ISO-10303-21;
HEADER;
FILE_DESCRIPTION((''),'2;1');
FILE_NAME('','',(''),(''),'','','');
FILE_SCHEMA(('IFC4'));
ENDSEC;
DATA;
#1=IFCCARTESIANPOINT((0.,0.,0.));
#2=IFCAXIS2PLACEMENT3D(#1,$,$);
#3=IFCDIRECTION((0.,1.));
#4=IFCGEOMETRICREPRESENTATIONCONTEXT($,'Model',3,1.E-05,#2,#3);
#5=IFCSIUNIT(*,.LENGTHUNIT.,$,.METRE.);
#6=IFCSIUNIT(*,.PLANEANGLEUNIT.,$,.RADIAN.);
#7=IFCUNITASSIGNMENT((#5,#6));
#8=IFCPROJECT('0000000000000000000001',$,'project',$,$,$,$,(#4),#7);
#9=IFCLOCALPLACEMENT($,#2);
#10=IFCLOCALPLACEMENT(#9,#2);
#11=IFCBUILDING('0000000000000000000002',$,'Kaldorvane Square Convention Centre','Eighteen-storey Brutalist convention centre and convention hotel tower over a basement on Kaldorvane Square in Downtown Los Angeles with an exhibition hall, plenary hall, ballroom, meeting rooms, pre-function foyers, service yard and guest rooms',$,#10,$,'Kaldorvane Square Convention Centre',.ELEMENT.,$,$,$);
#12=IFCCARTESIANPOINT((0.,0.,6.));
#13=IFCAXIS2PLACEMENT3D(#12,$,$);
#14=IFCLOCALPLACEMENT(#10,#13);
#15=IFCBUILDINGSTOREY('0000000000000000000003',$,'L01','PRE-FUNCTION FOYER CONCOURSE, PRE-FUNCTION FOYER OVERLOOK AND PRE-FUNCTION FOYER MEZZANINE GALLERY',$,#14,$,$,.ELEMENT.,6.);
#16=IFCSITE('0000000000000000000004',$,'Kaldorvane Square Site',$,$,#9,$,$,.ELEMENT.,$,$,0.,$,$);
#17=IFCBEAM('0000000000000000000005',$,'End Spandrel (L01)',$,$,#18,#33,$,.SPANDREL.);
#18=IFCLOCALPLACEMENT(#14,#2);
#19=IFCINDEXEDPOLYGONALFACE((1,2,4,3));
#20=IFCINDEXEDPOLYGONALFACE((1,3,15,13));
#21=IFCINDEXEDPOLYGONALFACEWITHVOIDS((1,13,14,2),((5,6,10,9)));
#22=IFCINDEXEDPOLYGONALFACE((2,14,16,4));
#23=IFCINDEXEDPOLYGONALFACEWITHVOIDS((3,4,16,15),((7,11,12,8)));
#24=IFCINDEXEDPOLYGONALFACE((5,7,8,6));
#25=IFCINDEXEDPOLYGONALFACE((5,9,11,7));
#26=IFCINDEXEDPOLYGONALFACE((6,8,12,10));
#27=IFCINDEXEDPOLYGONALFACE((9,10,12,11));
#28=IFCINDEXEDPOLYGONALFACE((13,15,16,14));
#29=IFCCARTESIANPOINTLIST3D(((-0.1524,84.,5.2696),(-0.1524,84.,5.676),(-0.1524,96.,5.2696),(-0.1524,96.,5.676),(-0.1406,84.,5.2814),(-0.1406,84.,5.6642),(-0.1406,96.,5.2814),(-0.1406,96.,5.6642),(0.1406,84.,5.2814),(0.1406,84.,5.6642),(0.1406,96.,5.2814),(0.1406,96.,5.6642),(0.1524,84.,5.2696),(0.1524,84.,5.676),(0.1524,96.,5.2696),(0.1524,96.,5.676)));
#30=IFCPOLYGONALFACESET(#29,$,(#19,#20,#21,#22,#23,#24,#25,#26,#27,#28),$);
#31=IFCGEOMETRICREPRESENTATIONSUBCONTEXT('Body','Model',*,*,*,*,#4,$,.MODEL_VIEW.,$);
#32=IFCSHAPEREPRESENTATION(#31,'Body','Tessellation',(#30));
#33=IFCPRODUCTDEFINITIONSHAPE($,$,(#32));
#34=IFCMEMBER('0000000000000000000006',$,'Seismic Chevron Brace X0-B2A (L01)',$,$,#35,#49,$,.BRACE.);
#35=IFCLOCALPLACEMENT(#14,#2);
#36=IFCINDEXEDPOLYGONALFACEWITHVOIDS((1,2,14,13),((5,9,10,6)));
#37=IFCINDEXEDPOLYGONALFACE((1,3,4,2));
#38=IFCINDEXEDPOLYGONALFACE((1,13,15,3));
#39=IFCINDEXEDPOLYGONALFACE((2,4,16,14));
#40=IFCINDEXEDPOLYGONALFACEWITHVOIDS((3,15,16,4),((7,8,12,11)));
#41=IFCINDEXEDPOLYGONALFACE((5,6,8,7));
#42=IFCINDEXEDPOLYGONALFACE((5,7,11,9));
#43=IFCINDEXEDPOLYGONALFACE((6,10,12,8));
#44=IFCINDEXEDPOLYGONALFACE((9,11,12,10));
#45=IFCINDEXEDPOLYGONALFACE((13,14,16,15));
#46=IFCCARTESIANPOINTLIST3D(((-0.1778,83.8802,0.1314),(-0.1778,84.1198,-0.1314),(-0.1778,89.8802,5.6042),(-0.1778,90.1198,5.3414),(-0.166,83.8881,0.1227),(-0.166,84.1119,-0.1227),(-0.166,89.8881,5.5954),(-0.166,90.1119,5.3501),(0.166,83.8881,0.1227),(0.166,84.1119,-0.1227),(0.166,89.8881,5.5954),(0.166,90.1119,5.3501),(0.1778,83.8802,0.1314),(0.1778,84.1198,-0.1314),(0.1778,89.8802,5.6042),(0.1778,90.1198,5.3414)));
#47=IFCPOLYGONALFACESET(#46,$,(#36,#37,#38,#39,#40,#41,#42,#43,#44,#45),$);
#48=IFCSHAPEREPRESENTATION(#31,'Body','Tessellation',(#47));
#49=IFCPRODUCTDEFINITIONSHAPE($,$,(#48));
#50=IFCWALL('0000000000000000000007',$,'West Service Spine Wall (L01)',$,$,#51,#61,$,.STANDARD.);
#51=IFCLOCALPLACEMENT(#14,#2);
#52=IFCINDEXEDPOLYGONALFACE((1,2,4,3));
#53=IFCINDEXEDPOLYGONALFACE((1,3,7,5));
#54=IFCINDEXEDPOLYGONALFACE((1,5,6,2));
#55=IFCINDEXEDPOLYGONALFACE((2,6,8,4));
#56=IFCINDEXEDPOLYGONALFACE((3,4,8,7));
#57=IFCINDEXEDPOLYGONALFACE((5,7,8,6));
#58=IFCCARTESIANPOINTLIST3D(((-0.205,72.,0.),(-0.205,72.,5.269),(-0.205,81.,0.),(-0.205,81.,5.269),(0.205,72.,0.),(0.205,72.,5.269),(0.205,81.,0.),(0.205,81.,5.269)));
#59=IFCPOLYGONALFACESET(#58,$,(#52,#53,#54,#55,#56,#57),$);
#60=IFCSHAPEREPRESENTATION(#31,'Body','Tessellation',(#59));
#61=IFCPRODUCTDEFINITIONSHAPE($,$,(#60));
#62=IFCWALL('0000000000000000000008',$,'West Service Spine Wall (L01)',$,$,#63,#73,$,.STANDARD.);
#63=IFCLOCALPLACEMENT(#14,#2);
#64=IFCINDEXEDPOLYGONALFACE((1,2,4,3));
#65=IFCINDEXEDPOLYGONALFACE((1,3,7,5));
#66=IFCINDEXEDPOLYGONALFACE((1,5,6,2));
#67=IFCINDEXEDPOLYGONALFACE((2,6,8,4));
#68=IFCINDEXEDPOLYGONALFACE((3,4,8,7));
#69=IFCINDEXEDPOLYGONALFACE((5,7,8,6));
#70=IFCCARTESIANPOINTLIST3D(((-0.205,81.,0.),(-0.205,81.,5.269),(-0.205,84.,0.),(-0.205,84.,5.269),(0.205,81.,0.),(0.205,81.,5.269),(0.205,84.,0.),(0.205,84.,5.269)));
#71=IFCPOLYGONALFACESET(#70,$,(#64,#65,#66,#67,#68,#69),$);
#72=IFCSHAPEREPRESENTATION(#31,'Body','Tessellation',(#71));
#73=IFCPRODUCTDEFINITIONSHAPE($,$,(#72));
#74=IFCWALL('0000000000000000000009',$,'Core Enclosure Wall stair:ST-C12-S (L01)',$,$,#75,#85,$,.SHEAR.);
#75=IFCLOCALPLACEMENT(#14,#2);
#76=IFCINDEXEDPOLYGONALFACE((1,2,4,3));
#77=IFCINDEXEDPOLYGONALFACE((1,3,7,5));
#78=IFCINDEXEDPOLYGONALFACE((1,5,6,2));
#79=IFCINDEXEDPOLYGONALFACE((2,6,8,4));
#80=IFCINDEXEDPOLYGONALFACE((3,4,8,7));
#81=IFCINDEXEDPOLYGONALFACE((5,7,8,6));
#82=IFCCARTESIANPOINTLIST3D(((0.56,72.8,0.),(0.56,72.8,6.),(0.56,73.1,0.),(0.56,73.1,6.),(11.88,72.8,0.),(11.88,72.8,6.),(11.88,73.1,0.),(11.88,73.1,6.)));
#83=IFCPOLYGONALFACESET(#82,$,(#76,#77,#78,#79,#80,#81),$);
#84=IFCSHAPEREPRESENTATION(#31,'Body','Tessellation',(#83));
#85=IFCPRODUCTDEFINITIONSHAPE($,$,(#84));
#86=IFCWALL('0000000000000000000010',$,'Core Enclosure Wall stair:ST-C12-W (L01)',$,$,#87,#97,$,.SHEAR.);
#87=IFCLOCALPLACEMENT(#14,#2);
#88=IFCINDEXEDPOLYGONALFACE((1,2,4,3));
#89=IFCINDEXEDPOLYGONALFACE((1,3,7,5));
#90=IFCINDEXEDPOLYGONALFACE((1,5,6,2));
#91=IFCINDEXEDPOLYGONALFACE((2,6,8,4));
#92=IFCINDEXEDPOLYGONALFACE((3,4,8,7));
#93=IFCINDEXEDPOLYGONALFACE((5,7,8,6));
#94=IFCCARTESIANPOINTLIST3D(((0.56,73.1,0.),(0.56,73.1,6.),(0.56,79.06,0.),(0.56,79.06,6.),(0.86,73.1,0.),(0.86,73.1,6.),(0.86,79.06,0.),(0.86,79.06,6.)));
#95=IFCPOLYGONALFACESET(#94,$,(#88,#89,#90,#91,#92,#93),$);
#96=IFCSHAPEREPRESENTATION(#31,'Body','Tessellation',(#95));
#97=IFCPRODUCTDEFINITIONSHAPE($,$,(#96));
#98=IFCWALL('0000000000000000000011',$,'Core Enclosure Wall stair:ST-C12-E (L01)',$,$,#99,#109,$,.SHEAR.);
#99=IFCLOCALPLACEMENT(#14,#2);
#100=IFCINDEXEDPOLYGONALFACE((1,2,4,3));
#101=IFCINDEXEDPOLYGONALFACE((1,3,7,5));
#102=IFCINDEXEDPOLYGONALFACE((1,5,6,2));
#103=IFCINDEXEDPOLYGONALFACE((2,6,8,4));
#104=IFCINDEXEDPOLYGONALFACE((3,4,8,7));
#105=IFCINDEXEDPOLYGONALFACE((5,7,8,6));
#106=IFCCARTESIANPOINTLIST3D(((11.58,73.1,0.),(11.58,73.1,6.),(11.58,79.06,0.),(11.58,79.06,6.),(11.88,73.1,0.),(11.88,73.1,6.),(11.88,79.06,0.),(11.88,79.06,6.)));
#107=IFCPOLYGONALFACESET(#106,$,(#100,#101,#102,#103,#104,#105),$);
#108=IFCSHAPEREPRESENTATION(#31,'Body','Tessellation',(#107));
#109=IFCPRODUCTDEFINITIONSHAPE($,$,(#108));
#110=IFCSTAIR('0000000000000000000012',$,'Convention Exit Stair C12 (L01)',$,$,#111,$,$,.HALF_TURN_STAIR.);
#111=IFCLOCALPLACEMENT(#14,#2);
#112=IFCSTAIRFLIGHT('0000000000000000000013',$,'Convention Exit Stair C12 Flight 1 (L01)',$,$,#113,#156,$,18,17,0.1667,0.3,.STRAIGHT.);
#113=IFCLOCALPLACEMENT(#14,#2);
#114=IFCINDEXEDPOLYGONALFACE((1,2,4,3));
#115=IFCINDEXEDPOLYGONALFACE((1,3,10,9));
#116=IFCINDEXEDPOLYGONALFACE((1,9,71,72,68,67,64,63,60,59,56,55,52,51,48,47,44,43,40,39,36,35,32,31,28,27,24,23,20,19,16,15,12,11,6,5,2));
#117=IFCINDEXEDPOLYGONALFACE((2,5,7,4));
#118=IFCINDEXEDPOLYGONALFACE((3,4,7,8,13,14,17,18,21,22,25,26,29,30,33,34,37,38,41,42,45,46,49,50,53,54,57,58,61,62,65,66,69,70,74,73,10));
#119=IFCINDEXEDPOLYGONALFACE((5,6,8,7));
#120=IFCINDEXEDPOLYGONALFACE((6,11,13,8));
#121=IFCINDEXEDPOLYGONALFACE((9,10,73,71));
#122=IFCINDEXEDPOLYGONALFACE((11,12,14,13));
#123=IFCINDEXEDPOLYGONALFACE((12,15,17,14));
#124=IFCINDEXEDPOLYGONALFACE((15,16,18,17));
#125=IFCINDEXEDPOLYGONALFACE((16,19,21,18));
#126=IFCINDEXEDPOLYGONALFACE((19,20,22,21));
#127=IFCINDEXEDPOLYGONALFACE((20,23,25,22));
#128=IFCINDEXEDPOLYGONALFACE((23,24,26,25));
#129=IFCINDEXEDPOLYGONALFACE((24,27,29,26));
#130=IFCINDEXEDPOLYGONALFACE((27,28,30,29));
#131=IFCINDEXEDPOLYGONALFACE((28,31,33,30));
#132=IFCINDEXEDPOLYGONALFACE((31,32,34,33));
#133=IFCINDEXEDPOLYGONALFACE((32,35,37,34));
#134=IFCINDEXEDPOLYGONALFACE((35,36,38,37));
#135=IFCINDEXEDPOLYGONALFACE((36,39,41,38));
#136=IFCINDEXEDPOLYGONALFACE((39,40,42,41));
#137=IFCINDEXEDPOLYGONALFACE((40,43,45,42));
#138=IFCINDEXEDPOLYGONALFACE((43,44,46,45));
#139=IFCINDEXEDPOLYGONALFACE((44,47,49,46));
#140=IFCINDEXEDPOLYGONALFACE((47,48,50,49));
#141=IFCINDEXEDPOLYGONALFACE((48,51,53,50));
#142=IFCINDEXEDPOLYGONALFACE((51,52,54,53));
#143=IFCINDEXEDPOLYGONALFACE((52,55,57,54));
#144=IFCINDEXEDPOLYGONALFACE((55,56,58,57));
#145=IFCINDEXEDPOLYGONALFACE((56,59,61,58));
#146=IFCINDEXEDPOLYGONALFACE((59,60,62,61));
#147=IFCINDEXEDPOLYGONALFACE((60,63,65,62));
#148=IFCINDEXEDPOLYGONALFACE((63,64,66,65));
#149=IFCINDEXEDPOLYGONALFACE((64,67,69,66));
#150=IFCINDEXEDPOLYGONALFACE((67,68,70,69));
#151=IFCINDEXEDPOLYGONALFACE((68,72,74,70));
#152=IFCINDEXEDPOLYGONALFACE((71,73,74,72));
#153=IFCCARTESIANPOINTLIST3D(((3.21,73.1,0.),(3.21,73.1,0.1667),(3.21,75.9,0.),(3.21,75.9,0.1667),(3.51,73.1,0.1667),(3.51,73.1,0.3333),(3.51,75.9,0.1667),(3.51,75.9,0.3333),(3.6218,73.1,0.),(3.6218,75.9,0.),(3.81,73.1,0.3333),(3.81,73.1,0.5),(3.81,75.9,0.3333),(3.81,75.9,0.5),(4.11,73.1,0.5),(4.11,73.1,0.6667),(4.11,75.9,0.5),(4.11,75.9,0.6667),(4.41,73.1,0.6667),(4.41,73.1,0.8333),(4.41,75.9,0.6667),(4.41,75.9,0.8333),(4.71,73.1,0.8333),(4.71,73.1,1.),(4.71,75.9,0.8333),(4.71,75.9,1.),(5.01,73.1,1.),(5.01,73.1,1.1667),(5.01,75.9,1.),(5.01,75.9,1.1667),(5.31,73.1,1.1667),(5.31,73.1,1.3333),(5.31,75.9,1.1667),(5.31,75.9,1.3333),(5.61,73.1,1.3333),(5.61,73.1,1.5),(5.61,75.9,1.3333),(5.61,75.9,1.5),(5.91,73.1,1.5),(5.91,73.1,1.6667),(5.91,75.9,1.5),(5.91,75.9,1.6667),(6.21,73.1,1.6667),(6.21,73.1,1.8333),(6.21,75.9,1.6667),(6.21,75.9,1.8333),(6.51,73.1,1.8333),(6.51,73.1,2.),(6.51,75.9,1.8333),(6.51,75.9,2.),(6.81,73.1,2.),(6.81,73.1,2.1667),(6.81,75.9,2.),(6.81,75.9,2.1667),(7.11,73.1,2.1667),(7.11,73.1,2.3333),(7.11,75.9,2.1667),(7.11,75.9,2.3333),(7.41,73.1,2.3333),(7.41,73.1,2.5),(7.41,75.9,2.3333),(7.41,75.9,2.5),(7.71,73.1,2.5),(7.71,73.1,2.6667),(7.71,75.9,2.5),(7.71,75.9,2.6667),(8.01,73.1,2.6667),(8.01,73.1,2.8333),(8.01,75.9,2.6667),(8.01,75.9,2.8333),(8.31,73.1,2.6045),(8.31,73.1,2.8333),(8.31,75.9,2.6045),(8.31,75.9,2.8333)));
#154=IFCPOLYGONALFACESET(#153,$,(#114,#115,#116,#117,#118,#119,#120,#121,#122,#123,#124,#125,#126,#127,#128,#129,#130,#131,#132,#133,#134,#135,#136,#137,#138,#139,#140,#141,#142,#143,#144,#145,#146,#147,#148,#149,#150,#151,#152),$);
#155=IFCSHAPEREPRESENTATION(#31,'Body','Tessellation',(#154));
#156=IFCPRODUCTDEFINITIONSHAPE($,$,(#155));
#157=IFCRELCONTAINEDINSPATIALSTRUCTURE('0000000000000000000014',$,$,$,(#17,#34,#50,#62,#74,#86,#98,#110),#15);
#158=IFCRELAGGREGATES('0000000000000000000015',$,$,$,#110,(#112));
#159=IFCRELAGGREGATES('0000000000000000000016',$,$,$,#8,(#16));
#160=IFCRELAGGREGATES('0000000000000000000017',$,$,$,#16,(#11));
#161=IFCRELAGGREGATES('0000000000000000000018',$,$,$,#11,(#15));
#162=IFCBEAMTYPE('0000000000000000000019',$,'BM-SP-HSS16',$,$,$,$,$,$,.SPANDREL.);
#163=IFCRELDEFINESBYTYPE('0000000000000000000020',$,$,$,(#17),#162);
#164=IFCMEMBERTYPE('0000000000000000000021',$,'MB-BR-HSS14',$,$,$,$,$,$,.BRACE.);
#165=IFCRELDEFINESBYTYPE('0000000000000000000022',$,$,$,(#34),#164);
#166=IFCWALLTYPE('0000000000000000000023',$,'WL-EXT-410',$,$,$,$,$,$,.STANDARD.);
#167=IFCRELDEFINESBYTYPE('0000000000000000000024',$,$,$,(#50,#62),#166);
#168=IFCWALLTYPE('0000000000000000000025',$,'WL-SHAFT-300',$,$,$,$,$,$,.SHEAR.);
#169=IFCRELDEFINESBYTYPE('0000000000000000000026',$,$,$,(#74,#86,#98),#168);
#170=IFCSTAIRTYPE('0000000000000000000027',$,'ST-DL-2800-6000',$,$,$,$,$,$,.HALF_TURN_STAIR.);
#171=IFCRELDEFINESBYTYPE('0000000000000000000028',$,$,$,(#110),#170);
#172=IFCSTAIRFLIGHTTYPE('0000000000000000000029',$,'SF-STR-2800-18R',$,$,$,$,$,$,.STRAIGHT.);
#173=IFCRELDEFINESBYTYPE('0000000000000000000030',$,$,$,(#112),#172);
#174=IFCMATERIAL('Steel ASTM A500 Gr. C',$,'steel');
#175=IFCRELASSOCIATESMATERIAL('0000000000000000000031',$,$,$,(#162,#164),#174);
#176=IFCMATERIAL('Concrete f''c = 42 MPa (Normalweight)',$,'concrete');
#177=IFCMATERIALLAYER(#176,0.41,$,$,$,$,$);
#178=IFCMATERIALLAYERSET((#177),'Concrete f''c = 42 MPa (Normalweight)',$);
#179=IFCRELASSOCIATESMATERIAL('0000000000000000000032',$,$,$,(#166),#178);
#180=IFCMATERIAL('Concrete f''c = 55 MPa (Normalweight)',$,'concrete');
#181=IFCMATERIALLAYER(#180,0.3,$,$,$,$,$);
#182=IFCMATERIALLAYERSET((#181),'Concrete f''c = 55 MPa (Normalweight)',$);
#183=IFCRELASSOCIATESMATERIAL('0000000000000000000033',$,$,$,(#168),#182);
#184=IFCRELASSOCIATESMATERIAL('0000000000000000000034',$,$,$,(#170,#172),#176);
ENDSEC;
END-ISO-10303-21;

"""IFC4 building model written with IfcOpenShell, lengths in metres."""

from ifc_helpers import new_model, si_unit, direction, frame, frame_2d, origin, origin_2d, place, context, subcontext, project, spatial, polyline, rectangle, hollow_rectangle, outline, extrude, material, layer, layer_set, material_profile, profile_set, type_object, element, aggregate, save


model = new_model("IFC4")

# Units and contexts
model_context = context("Model", 3, precision=1e-05, world=origin(), true_north=direction((0.0, 1.0)))
body_context = subcontext(model_context, "Body", "Model", "MODEL_VIEW")
ifc_project = project(units=[si_unit("LENGTHUNIT", "METRE"), si_unit("PLANEANGLEUNIT", "RADIAN")], contexts=[model_context])

# Site, building, storey
site_placement = place(None, origin())
site = spatial("IfcSite", under=ifc_project, at=site_placement, Name="Kaldorvane Square Site", CompositionType="ELEMENT", RefElevation=0.0)
building_placement = place(site_placement, origin())
building = spatial("IfcBuilding", under=site, at=building_placement, Name="Kaldorvane Square Convention Centre", Description="Eighteen-storey Brutalist convention centre and convention hotel tower over a basement on Kaldorvane Square in Downtown Los Angeles with an exhibition hall, plenary hall, ballroom, meeting rooms, pre-function foyers, service yard and guest rooms", LongName="Kaldorvane Square Convention Centre", CompositionType="ELEMENT")
storey_placement = place(building_placement, frame((0.0, 0.0, 6.0)))
storey = spatial("IfcBuildingStorey", under=building, at=storey_placement, Name="L01", Description="PRE-FUNCTION FOYER CONCOURSE, PRE-FUNCTION FOYER OVERLOOK AND PRE-FUNCTION FOYER MEZZANINE GALLERY", CompositionType="ELEMENT", Elevation=6.0)

# Shared definitions
ifc_material_1 = material(Name="Steel ASTM A500 Gr. C", Category="steel")

# Beam
ifc_material_profile_1 = material_profile(ifc_material_1, hollow_rectangle(XDim=0.3048, YDim=0.4064, WallThickness=0.0118, at=origin_2d()), Name="HSS16X12X1/2")
ifc_profile_set_1 = profile_set([ifc_material_profile_1], Name="Steel ASTM A500 Gr. C")
beam_type_1 = type_object("IfcBeamType", Name="BM-SP-HSS16", PredefinedType="SPANDREL", material=ifc_profile_set_1)
beam_1_placement = place(storey_placement, frame((0.0, 84.0, 5.4728), z_axis=(0.0, 1.0, 0.0), x_axis=(-1.0, 0.0, 0.0)))
element("IfcBeam", 1, at=beam_1_placement, inside=storey, type_object=beam_type_1, Name="End Spandrel (L01)", PredefinedType="SPANDREL", context=body_context, shape_type="SweptSolid", body=[
    extrude(hollow_rectangle(XDim=0.3048, YDim=0.4064, WallThickness=0.0118, at=origin_2d()), origin(), (0.0, 0.0, 1.0), 12.0),
])

# Member
ifc_material_profile_2 = material_profile(ifc_material_1, hollow_rectangle(XDim=0.3556, YDim=0.3556, WallThickness=0.0118, at=origin_2d()), Name="HSS14X14X1/2")
ifc_profile_set_2 = profile_set([ifc_material_profile_2], Name="Steel ASTM A500 Gr. C")
member_type = type_object("IfcMemberType", Name="MB-BR-HSS14", PredefinedType="BRACE", material=ifc_profile_set_2)
member_placement = place(storey_placement, frame((0.0, 84.0, 0.0), z_axis=(0.0, 0.738821, 0.673902), x_axis=(-1.0, 0.0, 0.0)))
element("IfcMember", 2, at=member_placement, inside=storey, type_object=member_type, Name="Seismic Chevron Brace X0-B2A (L01)", PredefinedType="BRACE", context=body_context, shape_type="SweptSolid", body=[
    extrude(hollow_rectangle(XDim=0.3556, YDim=0.3556, WallThickness=0.0118, at=origin_2d()), origin(), (0.0, 0.0, 1.0), 8.121),
])

# Walls
ifc_material_2 = material(Name="Concrete f'c = 42 MPa (Normalweight)", Category="concrete")
ifc_layer_1 = layer(ifc_material_2, 0.41)
ifc_layer_set_1 = layer_set([ifc_layer_1], Name="Concrete f'c = 42 MPa (Normalweight)")
wall_type_1 = type_object("IfcWallType", Name="WL-EXT-410", PredefinedType="STANDARD", material=ifc_layer_set_1)
wall_1_placement = place(storey_placement, frame((0.0, 81.0, 0.0), z_axis=(0.0, 0.0, 1.0), x_axis=(0.0, -1.0, 0.0)))
element("IfcWall", 3, at=wall_1_placement, inside=storey, type_object=wall_type_1, Name="West Service Spine Wall (L01)", PredefinedType="STANDARD", context=body_context, shape_type="SweptSolid", body=[
    extrude(rectangle(XDim=9.0, YDim=0.41, at=frame_2d((4.5, 0.0))), origin(), (0.0, 0.0, 1.0), 5.269),
])
wall_2_placement = place(storey_placement, frame((0.0, 84.0, 0.0), z_axis=(0.0, 0.0, 1.0), x_axis=(0.0, -1.0, 0.0)))
element("IfcWall", 4, at=wall_2_placement, inside=storey, type_object=wall_type_1, Name="West Service Spine Wall (L01)", PredefinedType="STANDARD", context=body_context, shape_type="SweptSolid", body=[
    extrude(rectangle(XDim=3.0, YDim=0.41, at=frame_2d((1.5, 0.0))), origin(), (0.0, 0.0, 1.0), 5.269),
])
ifc_material_3 = material(Name="Concrete f'c = 55 MPa (Normalweight)", Category="concrete")
ifc_layer_2 = layer(ifc_material_3, 0.3)
ifc_layer_set_2 = layer_set([ifc_layer_2], Name="Concrete f'c = 55 MPa (Normalweight)")
wall_type_2 = type_object("IfcWallType", Name="WL-SHAFT-300", PredefinedType="SHEAR", material=ifc_layer_set_2)
wall_3_placement = place(storey_placement, frame((0.56, 72.95, 0.0), z_axis=(0.0, 0.0, 1.0), x_axis=(1.0, 0.0, 0.0)))
element("IfcWall", 5, at=wall_3_placement, inside=storey, type_object=wall_type_2, Name="Core Enclosure Wall stair:ST-C12-S (L01)", PredefinedType="SHEAR", context=body_context, shape_type="SweptSolid", body=[
    extrude(rectangle(XDim=11.32, YDim=0.3, at=frame_2d((5.66, 0.0))), origin(), (0.0, 0.0, 1.0), 6.0),
])
for number, where, z_axis, x_axis, name in (
    (6, (0.71, 79.06, 0.0), (0.0, 0.0, 1.0), (0.0, -1.0, 0.0), "Core Enclosure Wall stair:ST-C12-W (L01)"),
    (7, (11.73, 73.1, 0.0), (0.0, 0.0, 1.0), (0.0, 1.0, 0.0), "Core Enclosure Wall stair:ST-C12-E (L01)"),
):
    element("IfcWall", number, at=place(storey_placement, frame(where, z_axis=z_axis, x_axis=x_axis)), inside=storey, type_object=wall_type_2, Name=name, PredefinedType="SHEAR", context=body_context, shape_type="SweptSolid", body=[
        extrude(rectangle(XDim=5.96, YDim=0.3, at=frame_2d((2.98, 0.0))), origin(), (0.0, 0.0, 1.0), 6.0),
    ])

# Stair, stair flight
stair_type = type_object("IfcStairType", Name="ST-DL-2800-6000", PredefinedType="HALF_TURN_STAIR", material=ifc_material_2)
stair_placement = place(storey_placement, origin())
stair = element("IfcStair", 8, at=stair_placement, inside=storey, type_object=stair_type, Name="Convention Exit Stair C12 (L01)", PredefinedType="HALF_TURN_STAIR")
stair_flight_type = type_object("IfcStairFlightType", Name="SF-STR-2800-18R", PredefinedType="STRAIGHT", material=ifc_material_2)
stair_flight_1_placement = place(storey_placement, frame((3.21, 74.5, 0.0), z_axis=(0.0, 0.0, 1.0), x_axis=(1.0, 0.0, 0.0)))
stair_flight_1 = element("IfcStairFlight", 9, at=stair_flight_1_placement, type_object=stair_flight_type, Name="Convention Exit Stair C12 Flight 1 (L01)", NumberOfRisers=18, NumberOfTreads=17, PredefinedType="STRAIGHT", RiserHeight=0.1667, TreadLength=0.3, context=body_context, shape_type="SweptSolid", body=[
    extrude(outline(polyline([(0.0, 0.0), (0.0, 0.1667), (0.3, 0.1667), (0.3, 0.3333), (0.6, 0.3333), (0.6, 0.5), (0.9, 0.5), (0.9, 0.6667), (1.2, 0.6667), (1.2, 0.8333), (1.5, 0.8333), (1.5, 1.0), (1.8, 1.0), (1.8, 1.1667), (2.1, 1.1667), (2.1, 1.3333), (2.4, 1.3333), (2.4, 1.5), (2.7, 1.5), (2.7, 1.6667), (3.0, 1.6667), (3.0, 1.8333), (3.3, 1.8333), (3.3, 2.0), (3.6, 2.0), (3.6, 2.1667), (3.9, 2.1667), (3.9, 2.3333), (4.2, 2.3333), (4.2, 2.5), (4.5, 2.5), (4.5, 2.6667), (4.8, 2.6667), (4.8, 2.8333), (5.1, 2.8333), (5.1, 3.0), (5.1, 2.6045), (0.4118, 0.0), (0.0, 0.0)])), frame((0.0, 1.4, 0.0), z_axis=(0.0, -1.0, 0.0), x_axis=(1.0, 0.0, 0.0)), (0.0, 0.0, 1.0), 2.8),
])
aggregate(stair, [stair_flight_1])

save(model, "model.ifc")
